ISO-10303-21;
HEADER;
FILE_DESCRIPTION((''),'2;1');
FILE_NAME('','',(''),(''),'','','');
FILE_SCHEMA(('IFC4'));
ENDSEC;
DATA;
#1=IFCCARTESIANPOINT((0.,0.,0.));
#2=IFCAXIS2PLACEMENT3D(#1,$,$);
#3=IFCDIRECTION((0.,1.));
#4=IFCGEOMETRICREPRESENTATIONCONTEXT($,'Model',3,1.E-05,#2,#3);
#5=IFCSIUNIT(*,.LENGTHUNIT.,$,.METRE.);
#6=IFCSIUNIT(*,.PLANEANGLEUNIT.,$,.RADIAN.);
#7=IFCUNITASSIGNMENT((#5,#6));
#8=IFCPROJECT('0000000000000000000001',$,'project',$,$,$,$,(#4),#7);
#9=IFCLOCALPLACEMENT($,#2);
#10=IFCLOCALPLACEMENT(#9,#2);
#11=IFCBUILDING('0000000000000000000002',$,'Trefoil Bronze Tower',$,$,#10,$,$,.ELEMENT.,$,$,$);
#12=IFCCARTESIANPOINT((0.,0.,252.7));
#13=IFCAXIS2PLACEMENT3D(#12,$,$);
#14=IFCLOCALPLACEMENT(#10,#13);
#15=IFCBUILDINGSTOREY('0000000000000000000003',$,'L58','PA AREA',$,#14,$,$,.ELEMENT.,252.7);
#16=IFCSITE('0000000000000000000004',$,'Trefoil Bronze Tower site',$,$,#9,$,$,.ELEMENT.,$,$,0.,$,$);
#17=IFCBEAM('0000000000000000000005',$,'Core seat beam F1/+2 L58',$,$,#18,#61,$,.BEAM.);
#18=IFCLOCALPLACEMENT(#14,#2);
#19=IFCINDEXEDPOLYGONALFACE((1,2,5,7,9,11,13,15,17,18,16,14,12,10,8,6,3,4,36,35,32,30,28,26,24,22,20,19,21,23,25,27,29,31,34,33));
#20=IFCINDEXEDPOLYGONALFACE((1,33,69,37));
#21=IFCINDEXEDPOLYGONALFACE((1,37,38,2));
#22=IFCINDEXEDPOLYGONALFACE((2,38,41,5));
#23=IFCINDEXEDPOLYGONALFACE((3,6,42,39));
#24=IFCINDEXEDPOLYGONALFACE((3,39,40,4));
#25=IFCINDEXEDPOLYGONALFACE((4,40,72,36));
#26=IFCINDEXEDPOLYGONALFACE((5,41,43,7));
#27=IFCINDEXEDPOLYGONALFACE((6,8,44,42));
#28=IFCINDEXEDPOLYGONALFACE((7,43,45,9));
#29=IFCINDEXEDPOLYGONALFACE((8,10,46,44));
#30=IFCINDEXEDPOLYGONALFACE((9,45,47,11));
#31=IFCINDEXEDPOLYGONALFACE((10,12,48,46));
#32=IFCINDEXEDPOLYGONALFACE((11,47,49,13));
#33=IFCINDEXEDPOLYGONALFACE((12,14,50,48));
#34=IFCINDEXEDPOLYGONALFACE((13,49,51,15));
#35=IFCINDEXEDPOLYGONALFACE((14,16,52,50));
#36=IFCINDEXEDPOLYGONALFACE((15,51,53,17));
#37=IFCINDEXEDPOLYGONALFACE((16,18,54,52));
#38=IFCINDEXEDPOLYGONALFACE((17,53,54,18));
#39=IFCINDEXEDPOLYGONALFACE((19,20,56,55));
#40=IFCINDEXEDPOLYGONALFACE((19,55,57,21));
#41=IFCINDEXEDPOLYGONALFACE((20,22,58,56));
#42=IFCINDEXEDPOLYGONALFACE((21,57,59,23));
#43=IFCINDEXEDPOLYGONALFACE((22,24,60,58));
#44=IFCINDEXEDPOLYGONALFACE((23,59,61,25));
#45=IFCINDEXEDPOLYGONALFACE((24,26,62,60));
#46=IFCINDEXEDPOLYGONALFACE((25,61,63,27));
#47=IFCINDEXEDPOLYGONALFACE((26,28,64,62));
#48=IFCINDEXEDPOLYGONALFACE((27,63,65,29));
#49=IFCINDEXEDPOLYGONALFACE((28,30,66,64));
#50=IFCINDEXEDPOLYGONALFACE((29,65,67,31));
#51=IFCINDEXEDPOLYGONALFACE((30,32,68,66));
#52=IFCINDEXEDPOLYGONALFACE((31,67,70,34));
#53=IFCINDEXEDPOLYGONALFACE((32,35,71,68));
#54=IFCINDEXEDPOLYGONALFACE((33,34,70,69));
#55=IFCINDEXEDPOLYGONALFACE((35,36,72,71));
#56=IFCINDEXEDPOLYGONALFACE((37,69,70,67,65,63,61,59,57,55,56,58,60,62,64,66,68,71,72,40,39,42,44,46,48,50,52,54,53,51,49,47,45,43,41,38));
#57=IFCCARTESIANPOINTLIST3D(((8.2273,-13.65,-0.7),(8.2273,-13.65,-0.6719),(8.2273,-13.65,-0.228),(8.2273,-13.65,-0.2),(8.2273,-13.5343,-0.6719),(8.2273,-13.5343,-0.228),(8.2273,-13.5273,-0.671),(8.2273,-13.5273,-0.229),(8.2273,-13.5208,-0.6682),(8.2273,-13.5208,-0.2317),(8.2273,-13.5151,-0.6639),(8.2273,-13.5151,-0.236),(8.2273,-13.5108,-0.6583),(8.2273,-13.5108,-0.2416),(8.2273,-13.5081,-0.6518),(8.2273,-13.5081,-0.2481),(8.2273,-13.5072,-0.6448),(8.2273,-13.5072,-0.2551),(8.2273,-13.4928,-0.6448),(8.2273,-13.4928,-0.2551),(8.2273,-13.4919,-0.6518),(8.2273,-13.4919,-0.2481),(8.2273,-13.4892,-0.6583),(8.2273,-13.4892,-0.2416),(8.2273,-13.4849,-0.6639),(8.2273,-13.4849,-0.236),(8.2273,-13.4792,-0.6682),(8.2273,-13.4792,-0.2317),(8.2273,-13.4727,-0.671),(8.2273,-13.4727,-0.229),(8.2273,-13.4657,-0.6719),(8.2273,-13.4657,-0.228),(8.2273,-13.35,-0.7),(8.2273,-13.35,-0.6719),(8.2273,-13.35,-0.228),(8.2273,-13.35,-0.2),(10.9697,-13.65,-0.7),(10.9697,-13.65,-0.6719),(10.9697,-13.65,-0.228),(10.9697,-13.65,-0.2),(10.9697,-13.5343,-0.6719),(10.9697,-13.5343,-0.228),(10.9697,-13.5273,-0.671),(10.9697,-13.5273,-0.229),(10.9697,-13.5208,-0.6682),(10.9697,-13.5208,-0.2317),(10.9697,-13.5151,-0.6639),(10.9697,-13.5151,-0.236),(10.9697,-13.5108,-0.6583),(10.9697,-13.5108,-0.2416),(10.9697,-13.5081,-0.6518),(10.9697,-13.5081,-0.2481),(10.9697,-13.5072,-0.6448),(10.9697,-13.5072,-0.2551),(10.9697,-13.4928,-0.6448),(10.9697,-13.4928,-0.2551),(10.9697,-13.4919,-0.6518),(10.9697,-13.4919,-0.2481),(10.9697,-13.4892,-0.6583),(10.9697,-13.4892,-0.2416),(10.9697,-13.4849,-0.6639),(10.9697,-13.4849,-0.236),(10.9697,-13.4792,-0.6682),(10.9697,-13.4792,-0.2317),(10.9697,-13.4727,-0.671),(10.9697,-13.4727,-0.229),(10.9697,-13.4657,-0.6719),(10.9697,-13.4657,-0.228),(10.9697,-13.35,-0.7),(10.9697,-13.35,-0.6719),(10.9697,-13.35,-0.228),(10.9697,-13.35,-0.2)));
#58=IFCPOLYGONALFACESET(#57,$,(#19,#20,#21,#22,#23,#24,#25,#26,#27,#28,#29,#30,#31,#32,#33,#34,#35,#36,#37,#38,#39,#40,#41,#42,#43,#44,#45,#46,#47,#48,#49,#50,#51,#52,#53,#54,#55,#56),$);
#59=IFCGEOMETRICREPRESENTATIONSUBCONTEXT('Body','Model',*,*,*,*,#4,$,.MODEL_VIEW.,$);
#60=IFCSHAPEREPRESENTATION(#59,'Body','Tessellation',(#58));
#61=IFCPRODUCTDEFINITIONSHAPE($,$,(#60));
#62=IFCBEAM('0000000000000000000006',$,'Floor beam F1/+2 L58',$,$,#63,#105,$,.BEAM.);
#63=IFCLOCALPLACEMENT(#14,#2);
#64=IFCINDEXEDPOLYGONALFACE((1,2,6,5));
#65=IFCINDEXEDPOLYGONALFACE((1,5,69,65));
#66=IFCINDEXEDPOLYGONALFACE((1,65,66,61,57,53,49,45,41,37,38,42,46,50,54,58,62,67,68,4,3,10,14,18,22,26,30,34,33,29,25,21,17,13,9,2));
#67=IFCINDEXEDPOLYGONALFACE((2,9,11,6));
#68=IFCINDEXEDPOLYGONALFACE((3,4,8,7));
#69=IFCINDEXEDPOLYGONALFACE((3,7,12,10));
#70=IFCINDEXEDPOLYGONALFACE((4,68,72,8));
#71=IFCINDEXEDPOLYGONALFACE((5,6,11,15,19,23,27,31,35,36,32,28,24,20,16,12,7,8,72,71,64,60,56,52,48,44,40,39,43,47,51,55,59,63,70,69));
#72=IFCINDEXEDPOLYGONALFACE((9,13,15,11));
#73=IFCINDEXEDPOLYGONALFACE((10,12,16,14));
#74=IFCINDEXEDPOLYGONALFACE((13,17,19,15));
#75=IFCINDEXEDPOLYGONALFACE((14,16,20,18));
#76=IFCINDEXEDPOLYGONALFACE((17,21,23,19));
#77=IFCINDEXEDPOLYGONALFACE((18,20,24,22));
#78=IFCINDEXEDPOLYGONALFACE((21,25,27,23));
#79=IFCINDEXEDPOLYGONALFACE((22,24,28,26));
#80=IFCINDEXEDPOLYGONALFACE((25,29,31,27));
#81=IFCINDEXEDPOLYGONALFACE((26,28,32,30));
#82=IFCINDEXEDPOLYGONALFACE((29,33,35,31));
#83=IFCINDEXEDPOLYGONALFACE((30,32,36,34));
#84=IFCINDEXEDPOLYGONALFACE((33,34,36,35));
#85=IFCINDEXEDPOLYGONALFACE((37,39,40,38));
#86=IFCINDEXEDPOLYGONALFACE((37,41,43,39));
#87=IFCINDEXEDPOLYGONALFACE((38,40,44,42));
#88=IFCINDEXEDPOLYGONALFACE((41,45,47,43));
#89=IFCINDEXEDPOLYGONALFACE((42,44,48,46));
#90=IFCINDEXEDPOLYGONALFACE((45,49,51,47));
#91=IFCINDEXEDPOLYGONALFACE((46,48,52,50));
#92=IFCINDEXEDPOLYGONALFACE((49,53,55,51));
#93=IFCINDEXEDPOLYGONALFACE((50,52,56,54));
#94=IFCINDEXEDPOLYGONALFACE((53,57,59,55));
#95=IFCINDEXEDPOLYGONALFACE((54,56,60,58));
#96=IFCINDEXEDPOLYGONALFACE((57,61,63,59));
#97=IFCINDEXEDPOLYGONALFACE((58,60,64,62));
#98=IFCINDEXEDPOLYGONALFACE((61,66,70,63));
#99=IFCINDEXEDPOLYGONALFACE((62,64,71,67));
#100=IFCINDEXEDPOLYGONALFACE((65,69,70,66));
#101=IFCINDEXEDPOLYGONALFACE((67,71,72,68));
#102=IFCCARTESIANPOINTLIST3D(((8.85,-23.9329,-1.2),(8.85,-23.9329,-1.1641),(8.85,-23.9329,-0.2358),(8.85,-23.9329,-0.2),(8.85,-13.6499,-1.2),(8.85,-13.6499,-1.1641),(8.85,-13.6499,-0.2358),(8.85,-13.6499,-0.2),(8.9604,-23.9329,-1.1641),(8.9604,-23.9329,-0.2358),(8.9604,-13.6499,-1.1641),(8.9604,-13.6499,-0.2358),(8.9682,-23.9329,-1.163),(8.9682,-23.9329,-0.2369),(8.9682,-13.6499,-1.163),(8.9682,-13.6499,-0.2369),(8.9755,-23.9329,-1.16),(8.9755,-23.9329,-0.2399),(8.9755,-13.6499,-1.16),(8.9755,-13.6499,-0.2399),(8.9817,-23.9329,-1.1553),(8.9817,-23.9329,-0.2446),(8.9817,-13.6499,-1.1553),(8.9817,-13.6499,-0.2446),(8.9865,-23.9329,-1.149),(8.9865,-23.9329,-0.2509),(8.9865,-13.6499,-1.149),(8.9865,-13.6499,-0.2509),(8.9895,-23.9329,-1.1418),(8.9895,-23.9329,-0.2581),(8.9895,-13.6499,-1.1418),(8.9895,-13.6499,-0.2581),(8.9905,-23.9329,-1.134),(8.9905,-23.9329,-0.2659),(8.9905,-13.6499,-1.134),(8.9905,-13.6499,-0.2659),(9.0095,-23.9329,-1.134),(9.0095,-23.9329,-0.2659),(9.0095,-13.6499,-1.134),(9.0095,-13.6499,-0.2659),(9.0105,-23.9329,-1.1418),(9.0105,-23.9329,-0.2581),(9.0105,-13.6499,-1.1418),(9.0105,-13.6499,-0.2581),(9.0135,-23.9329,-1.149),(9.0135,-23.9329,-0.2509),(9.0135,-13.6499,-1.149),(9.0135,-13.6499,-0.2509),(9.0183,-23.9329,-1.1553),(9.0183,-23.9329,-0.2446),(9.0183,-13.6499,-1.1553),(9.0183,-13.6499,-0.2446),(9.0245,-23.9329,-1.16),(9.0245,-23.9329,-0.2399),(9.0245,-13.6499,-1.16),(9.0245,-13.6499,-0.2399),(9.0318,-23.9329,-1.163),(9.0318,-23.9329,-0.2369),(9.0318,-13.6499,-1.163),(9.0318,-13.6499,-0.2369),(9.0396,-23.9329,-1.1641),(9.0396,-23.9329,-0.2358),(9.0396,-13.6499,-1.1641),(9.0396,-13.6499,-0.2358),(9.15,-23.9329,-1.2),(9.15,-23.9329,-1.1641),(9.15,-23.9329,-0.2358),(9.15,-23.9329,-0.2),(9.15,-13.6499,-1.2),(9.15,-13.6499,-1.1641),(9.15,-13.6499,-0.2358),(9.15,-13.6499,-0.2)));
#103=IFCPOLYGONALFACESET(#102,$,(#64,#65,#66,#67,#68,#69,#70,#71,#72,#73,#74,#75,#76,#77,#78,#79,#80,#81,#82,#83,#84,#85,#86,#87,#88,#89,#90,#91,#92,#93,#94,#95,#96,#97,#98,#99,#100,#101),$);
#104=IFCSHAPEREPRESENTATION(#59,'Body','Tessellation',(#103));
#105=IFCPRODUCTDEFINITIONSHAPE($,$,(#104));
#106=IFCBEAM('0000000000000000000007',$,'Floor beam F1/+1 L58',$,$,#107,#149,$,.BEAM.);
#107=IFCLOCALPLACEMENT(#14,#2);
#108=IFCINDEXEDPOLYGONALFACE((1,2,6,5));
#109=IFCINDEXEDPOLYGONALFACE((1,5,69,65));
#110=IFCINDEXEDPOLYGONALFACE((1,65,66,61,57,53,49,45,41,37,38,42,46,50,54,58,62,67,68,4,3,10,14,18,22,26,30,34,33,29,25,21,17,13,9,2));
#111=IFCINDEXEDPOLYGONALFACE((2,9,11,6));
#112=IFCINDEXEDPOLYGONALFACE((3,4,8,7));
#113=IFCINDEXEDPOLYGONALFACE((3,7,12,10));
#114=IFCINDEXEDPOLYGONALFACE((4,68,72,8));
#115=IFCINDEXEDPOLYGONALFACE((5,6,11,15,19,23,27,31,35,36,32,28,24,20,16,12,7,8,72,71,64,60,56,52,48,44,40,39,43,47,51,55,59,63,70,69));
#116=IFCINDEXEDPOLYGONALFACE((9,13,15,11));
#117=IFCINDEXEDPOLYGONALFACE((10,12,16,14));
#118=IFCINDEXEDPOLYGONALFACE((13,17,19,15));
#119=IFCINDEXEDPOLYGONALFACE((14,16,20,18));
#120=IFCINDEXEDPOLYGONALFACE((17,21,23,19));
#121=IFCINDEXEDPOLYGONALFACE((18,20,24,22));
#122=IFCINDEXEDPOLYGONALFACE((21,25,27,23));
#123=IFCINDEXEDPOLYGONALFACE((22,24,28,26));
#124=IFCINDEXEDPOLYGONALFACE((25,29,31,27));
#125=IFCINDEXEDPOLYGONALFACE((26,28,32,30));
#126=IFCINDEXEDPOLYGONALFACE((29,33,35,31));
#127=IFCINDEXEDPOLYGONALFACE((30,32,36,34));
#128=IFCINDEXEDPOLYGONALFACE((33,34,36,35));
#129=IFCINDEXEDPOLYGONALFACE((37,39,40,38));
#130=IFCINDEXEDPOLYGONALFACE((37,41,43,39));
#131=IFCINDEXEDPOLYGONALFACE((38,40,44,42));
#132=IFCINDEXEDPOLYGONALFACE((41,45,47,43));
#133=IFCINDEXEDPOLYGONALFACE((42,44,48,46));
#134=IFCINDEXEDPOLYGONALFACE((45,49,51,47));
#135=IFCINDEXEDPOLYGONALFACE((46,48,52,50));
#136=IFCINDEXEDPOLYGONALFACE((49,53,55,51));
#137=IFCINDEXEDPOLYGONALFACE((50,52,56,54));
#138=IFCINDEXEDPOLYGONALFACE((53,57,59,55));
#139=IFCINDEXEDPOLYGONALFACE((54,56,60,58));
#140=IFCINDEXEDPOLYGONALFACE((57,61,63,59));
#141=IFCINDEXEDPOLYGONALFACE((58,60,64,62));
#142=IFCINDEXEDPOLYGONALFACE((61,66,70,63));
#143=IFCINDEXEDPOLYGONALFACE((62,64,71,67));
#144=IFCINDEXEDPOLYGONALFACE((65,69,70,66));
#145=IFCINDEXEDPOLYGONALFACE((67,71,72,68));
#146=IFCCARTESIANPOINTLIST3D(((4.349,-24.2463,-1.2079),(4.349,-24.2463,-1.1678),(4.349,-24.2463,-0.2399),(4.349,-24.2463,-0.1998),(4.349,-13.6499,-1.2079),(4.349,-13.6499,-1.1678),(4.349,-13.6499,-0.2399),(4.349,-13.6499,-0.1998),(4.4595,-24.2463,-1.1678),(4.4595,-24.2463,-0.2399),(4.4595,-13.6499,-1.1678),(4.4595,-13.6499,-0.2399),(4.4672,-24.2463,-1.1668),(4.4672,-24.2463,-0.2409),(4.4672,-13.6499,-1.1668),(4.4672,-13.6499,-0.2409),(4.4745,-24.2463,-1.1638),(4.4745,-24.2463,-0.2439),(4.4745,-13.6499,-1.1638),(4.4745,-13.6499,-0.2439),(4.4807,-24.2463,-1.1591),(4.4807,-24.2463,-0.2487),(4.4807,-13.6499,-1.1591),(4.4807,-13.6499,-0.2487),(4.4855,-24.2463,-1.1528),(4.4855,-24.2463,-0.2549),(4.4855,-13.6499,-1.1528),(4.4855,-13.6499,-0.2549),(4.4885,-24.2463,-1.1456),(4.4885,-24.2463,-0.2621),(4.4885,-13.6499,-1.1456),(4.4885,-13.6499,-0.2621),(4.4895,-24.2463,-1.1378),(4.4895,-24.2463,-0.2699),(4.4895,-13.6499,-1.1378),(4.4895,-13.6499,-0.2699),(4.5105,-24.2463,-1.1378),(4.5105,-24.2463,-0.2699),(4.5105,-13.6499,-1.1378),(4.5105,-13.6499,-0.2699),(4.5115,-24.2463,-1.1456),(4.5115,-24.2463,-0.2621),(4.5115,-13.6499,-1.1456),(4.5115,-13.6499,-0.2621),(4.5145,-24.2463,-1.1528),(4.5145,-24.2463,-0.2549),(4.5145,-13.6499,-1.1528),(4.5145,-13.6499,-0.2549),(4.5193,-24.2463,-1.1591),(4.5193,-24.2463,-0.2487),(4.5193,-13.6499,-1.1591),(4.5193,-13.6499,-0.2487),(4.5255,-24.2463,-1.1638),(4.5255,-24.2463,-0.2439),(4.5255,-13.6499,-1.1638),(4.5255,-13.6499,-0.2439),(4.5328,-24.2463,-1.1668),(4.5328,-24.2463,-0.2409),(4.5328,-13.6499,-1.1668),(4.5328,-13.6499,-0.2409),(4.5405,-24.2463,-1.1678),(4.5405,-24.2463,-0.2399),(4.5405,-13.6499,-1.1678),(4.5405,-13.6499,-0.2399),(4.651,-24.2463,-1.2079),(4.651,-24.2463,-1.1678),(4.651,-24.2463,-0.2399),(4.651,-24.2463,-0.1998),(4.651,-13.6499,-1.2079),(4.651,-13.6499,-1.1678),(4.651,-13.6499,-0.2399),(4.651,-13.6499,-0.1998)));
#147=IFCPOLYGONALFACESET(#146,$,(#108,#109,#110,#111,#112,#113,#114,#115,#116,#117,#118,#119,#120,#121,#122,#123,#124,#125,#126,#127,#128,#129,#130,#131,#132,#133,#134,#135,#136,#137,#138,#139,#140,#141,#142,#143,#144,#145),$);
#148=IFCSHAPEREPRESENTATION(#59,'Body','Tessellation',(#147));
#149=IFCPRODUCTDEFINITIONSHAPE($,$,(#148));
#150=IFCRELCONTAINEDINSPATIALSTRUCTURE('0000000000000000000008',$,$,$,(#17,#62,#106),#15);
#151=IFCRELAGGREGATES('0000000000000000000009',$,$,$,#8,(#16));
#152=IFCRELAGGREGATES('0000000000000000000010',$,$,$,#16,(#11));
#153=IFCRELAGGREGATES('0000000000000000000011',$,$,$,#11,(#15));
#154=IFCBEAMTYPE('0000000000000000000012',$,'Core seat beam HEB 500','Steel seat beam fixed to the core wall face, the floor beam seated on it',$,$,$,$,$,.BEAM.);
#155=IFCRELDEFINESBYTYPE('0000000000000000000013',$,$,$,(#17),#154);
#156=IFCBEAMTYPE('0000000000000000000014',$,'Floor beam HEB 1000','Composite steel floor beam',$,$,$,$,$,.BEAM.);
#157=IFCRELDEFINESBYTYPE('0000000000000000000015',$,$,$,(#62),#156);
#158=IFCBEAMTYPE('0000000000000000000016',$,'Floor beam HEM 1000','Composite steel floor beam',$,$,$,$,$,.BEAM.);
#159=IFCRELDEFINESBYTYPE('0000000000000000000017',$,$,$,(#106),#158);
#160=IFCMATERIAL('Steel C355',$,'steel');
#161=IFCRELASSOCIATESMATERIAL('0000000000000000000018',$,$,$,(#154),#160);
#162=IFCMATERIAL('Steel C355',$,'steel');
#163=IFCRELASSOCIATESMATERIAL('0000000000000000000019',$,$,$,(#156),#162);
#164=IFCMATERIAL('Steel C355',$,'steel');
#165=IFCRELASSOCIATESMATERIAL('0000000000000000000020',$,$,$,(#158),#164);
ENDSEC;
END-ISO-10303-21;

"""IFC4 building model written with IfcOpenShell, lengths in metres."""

from ifc_helpers import new_model, si_unit, direction, frame, origin, origin_2d, place, context, subcontext, project, spatial, i_section, extrude, material, material_profile, profile_set, type_object, element, save


model = new_model("IFC4")

# Units and contexts
model_context = context("Model", 3, precision=1e-05, world=origin(), true_north=direction((0.0, 1.0)))
body_context = subcontext(model_context, "Body", "Model", "MODEL_VIEW")
ifc_project = project(units=[si_unit("LENGTHUNIT", "METRE"), si_unit("PLANEANGLEUNIT", "RADIAN")], contexts=[model_context])

# Site, building, storey
site_placement = place(None, origin())
site = spatial("IfcSite", under=ifc_project, at=site_placement, Name="Trefoil Bronze Tower site", CompositionType="ELEMENT", RefElevation=0.0)
building_placement = place(site_placement, origin())
building = spatial("IfcBuilding", under=site, at=building_placement, Name="Trefoil Bronze Tower", CompositionType="ELEMENT")
storey_placement = place(building_placement, frame((0.0, 0.0, 252.7)))
storey = spatial("IfcBuildingStorey", under=building, at=storey_placement, Name="L58", Description="PA AREA", CompositionType="ELEMENT", Elevation=252.7)

# Beams
ifc_material_1 = material(Name="Steel C355", Category="steel")
ifc_material_profile_1 = material_profile(ifc_material_1, i_section(OverallWidth=0.3, OverallDepth=0.5, WebThickness=0.0144, FlangeThickness=0.0281, FilletRadius=0.0271, at=origin_2d()), Name="HEB 500")
ifc_profile_set_1 = profile_set([ifc_material_profile_1], Name="Steel C355")
beam_type_1 = type_object("IfcBeamType", Name="Core seat beam HEB 500", Description="Steel seat beam fixed to the core wall face, the floor beam seated on it", PredefinedType="BEAM", material=ifc_profile_set_1)
for number, where, z_axis, x_axis, name in (
    (1, (8.2273, -13.5, -0.45), (1.0, 0.0, 0.0), (0.0, 1.0, 0.0), "Core seat beam F1/+2 L58"),
):
    element("IfcBeam", number, at=place(storey_placement, frame(where, z_axis=z_axis, x_axis=x_axis)), inside=storey, type_object=beam_type_1, Name=name, PredefinedType="BEAM", context=body_context, shape_type="SweptSolid", body=[
        extrude(i_section(OverallWidth=0.3, OverallDepth=0.5, WebThickness=0.0144, FlangeThickness=0.0281, FilletRadius=0.0271, at=origin_2d()), origin(), (0.0, 0.0, 1.0), 2.7424),
    ])
ifc_material_2 = material(Name="Steel C355", Category="steel")
ifc_material_profile_2 = material_profile(ifc_material_2, i_section(OverallWidth=0.3, OverallDepth=1.0, WebThickness=0.019, FlangeThickness=0.0359, FilletRadius=0.03, at=origin_2d()), Name="HEB 1000")
ifc_profile_set_2 = profile_set([ifc_material_profile_2], Name="Steel C355")
beam_type_2 = type_object("IfcBeamType", Name="Floor beam HEB 1000", Description="Composite steel floor beam", PredefinedType="BEAM", material=ifc_profile_set_2)
beam_1_placement = place(storey_placement, frame((9.0, -23.9329, -0.7), z_axis=(0.0, 1.0, 0.0), x_axis=(-1.0, 0.0, 0.0)))
element("IfcBeam", 2, at=beam_1_placement, inside=storey, type_object=beam_type_2, Name="Floor beam F1/+2 L58", PredefinedType="BEAM", context=body_context, shape_type="SweptSolid", body=[
    extrude(i_section(OverallWidth=0.3, OverallDepth=1.0, WebThickness=0.019, FlangeThickness=0.0359, FilletRadius=0.03, at=origin_2d()), origin(), (0.0, 0.0, 1.0), 10.283),
])
ifc_material_3 = material(Name="Steel C355", Category="steel")
ifc_material_profile_3 = material_profile(ifc_material_3, i_section(OverallWidth=0.302, OverallDepth=1.0081, WebThickness=0.021, FlangeThickness=0.04, FilletRadius=0.03, at=origin_2d()), Name="HEM 1000")
ifc_profile_set_3 = profile_set([ifc_material_profile_3], Name="Steel C355")
beam_type_3 = type_object("IfcBeamType", Name="Floor beam HEM 1000", Description="Composite steel floor beam", PredefinedType="BEAM", material=ifc_profile_set_3)
beam_2_placement = place(storey_placement, frame((4.5, -24.2463, -0.7039), z_axis=(0.0, 1.0, 0.0), x_axis=(-1.0, 0.0, 0.0)))
element("IfcBeam", 3, at=beam_2_placement, inside=storey, type_object=beam_type_3, Name="Floor beam F1/+1 L58", PredefinedType="BEAM", context=body_context, shape_type="SweptSolid", body=[
    extrude(i_section(OverallWidth=0.302, OverallDepth=1.0081, WebThickness=0.021, FlangeThickness=0.04, FilletRadius=0.03, at=origin_2d()), origin(), (0.0, 0.0, 1.0), 10.5964),
])

save(model, "model.ifc")
